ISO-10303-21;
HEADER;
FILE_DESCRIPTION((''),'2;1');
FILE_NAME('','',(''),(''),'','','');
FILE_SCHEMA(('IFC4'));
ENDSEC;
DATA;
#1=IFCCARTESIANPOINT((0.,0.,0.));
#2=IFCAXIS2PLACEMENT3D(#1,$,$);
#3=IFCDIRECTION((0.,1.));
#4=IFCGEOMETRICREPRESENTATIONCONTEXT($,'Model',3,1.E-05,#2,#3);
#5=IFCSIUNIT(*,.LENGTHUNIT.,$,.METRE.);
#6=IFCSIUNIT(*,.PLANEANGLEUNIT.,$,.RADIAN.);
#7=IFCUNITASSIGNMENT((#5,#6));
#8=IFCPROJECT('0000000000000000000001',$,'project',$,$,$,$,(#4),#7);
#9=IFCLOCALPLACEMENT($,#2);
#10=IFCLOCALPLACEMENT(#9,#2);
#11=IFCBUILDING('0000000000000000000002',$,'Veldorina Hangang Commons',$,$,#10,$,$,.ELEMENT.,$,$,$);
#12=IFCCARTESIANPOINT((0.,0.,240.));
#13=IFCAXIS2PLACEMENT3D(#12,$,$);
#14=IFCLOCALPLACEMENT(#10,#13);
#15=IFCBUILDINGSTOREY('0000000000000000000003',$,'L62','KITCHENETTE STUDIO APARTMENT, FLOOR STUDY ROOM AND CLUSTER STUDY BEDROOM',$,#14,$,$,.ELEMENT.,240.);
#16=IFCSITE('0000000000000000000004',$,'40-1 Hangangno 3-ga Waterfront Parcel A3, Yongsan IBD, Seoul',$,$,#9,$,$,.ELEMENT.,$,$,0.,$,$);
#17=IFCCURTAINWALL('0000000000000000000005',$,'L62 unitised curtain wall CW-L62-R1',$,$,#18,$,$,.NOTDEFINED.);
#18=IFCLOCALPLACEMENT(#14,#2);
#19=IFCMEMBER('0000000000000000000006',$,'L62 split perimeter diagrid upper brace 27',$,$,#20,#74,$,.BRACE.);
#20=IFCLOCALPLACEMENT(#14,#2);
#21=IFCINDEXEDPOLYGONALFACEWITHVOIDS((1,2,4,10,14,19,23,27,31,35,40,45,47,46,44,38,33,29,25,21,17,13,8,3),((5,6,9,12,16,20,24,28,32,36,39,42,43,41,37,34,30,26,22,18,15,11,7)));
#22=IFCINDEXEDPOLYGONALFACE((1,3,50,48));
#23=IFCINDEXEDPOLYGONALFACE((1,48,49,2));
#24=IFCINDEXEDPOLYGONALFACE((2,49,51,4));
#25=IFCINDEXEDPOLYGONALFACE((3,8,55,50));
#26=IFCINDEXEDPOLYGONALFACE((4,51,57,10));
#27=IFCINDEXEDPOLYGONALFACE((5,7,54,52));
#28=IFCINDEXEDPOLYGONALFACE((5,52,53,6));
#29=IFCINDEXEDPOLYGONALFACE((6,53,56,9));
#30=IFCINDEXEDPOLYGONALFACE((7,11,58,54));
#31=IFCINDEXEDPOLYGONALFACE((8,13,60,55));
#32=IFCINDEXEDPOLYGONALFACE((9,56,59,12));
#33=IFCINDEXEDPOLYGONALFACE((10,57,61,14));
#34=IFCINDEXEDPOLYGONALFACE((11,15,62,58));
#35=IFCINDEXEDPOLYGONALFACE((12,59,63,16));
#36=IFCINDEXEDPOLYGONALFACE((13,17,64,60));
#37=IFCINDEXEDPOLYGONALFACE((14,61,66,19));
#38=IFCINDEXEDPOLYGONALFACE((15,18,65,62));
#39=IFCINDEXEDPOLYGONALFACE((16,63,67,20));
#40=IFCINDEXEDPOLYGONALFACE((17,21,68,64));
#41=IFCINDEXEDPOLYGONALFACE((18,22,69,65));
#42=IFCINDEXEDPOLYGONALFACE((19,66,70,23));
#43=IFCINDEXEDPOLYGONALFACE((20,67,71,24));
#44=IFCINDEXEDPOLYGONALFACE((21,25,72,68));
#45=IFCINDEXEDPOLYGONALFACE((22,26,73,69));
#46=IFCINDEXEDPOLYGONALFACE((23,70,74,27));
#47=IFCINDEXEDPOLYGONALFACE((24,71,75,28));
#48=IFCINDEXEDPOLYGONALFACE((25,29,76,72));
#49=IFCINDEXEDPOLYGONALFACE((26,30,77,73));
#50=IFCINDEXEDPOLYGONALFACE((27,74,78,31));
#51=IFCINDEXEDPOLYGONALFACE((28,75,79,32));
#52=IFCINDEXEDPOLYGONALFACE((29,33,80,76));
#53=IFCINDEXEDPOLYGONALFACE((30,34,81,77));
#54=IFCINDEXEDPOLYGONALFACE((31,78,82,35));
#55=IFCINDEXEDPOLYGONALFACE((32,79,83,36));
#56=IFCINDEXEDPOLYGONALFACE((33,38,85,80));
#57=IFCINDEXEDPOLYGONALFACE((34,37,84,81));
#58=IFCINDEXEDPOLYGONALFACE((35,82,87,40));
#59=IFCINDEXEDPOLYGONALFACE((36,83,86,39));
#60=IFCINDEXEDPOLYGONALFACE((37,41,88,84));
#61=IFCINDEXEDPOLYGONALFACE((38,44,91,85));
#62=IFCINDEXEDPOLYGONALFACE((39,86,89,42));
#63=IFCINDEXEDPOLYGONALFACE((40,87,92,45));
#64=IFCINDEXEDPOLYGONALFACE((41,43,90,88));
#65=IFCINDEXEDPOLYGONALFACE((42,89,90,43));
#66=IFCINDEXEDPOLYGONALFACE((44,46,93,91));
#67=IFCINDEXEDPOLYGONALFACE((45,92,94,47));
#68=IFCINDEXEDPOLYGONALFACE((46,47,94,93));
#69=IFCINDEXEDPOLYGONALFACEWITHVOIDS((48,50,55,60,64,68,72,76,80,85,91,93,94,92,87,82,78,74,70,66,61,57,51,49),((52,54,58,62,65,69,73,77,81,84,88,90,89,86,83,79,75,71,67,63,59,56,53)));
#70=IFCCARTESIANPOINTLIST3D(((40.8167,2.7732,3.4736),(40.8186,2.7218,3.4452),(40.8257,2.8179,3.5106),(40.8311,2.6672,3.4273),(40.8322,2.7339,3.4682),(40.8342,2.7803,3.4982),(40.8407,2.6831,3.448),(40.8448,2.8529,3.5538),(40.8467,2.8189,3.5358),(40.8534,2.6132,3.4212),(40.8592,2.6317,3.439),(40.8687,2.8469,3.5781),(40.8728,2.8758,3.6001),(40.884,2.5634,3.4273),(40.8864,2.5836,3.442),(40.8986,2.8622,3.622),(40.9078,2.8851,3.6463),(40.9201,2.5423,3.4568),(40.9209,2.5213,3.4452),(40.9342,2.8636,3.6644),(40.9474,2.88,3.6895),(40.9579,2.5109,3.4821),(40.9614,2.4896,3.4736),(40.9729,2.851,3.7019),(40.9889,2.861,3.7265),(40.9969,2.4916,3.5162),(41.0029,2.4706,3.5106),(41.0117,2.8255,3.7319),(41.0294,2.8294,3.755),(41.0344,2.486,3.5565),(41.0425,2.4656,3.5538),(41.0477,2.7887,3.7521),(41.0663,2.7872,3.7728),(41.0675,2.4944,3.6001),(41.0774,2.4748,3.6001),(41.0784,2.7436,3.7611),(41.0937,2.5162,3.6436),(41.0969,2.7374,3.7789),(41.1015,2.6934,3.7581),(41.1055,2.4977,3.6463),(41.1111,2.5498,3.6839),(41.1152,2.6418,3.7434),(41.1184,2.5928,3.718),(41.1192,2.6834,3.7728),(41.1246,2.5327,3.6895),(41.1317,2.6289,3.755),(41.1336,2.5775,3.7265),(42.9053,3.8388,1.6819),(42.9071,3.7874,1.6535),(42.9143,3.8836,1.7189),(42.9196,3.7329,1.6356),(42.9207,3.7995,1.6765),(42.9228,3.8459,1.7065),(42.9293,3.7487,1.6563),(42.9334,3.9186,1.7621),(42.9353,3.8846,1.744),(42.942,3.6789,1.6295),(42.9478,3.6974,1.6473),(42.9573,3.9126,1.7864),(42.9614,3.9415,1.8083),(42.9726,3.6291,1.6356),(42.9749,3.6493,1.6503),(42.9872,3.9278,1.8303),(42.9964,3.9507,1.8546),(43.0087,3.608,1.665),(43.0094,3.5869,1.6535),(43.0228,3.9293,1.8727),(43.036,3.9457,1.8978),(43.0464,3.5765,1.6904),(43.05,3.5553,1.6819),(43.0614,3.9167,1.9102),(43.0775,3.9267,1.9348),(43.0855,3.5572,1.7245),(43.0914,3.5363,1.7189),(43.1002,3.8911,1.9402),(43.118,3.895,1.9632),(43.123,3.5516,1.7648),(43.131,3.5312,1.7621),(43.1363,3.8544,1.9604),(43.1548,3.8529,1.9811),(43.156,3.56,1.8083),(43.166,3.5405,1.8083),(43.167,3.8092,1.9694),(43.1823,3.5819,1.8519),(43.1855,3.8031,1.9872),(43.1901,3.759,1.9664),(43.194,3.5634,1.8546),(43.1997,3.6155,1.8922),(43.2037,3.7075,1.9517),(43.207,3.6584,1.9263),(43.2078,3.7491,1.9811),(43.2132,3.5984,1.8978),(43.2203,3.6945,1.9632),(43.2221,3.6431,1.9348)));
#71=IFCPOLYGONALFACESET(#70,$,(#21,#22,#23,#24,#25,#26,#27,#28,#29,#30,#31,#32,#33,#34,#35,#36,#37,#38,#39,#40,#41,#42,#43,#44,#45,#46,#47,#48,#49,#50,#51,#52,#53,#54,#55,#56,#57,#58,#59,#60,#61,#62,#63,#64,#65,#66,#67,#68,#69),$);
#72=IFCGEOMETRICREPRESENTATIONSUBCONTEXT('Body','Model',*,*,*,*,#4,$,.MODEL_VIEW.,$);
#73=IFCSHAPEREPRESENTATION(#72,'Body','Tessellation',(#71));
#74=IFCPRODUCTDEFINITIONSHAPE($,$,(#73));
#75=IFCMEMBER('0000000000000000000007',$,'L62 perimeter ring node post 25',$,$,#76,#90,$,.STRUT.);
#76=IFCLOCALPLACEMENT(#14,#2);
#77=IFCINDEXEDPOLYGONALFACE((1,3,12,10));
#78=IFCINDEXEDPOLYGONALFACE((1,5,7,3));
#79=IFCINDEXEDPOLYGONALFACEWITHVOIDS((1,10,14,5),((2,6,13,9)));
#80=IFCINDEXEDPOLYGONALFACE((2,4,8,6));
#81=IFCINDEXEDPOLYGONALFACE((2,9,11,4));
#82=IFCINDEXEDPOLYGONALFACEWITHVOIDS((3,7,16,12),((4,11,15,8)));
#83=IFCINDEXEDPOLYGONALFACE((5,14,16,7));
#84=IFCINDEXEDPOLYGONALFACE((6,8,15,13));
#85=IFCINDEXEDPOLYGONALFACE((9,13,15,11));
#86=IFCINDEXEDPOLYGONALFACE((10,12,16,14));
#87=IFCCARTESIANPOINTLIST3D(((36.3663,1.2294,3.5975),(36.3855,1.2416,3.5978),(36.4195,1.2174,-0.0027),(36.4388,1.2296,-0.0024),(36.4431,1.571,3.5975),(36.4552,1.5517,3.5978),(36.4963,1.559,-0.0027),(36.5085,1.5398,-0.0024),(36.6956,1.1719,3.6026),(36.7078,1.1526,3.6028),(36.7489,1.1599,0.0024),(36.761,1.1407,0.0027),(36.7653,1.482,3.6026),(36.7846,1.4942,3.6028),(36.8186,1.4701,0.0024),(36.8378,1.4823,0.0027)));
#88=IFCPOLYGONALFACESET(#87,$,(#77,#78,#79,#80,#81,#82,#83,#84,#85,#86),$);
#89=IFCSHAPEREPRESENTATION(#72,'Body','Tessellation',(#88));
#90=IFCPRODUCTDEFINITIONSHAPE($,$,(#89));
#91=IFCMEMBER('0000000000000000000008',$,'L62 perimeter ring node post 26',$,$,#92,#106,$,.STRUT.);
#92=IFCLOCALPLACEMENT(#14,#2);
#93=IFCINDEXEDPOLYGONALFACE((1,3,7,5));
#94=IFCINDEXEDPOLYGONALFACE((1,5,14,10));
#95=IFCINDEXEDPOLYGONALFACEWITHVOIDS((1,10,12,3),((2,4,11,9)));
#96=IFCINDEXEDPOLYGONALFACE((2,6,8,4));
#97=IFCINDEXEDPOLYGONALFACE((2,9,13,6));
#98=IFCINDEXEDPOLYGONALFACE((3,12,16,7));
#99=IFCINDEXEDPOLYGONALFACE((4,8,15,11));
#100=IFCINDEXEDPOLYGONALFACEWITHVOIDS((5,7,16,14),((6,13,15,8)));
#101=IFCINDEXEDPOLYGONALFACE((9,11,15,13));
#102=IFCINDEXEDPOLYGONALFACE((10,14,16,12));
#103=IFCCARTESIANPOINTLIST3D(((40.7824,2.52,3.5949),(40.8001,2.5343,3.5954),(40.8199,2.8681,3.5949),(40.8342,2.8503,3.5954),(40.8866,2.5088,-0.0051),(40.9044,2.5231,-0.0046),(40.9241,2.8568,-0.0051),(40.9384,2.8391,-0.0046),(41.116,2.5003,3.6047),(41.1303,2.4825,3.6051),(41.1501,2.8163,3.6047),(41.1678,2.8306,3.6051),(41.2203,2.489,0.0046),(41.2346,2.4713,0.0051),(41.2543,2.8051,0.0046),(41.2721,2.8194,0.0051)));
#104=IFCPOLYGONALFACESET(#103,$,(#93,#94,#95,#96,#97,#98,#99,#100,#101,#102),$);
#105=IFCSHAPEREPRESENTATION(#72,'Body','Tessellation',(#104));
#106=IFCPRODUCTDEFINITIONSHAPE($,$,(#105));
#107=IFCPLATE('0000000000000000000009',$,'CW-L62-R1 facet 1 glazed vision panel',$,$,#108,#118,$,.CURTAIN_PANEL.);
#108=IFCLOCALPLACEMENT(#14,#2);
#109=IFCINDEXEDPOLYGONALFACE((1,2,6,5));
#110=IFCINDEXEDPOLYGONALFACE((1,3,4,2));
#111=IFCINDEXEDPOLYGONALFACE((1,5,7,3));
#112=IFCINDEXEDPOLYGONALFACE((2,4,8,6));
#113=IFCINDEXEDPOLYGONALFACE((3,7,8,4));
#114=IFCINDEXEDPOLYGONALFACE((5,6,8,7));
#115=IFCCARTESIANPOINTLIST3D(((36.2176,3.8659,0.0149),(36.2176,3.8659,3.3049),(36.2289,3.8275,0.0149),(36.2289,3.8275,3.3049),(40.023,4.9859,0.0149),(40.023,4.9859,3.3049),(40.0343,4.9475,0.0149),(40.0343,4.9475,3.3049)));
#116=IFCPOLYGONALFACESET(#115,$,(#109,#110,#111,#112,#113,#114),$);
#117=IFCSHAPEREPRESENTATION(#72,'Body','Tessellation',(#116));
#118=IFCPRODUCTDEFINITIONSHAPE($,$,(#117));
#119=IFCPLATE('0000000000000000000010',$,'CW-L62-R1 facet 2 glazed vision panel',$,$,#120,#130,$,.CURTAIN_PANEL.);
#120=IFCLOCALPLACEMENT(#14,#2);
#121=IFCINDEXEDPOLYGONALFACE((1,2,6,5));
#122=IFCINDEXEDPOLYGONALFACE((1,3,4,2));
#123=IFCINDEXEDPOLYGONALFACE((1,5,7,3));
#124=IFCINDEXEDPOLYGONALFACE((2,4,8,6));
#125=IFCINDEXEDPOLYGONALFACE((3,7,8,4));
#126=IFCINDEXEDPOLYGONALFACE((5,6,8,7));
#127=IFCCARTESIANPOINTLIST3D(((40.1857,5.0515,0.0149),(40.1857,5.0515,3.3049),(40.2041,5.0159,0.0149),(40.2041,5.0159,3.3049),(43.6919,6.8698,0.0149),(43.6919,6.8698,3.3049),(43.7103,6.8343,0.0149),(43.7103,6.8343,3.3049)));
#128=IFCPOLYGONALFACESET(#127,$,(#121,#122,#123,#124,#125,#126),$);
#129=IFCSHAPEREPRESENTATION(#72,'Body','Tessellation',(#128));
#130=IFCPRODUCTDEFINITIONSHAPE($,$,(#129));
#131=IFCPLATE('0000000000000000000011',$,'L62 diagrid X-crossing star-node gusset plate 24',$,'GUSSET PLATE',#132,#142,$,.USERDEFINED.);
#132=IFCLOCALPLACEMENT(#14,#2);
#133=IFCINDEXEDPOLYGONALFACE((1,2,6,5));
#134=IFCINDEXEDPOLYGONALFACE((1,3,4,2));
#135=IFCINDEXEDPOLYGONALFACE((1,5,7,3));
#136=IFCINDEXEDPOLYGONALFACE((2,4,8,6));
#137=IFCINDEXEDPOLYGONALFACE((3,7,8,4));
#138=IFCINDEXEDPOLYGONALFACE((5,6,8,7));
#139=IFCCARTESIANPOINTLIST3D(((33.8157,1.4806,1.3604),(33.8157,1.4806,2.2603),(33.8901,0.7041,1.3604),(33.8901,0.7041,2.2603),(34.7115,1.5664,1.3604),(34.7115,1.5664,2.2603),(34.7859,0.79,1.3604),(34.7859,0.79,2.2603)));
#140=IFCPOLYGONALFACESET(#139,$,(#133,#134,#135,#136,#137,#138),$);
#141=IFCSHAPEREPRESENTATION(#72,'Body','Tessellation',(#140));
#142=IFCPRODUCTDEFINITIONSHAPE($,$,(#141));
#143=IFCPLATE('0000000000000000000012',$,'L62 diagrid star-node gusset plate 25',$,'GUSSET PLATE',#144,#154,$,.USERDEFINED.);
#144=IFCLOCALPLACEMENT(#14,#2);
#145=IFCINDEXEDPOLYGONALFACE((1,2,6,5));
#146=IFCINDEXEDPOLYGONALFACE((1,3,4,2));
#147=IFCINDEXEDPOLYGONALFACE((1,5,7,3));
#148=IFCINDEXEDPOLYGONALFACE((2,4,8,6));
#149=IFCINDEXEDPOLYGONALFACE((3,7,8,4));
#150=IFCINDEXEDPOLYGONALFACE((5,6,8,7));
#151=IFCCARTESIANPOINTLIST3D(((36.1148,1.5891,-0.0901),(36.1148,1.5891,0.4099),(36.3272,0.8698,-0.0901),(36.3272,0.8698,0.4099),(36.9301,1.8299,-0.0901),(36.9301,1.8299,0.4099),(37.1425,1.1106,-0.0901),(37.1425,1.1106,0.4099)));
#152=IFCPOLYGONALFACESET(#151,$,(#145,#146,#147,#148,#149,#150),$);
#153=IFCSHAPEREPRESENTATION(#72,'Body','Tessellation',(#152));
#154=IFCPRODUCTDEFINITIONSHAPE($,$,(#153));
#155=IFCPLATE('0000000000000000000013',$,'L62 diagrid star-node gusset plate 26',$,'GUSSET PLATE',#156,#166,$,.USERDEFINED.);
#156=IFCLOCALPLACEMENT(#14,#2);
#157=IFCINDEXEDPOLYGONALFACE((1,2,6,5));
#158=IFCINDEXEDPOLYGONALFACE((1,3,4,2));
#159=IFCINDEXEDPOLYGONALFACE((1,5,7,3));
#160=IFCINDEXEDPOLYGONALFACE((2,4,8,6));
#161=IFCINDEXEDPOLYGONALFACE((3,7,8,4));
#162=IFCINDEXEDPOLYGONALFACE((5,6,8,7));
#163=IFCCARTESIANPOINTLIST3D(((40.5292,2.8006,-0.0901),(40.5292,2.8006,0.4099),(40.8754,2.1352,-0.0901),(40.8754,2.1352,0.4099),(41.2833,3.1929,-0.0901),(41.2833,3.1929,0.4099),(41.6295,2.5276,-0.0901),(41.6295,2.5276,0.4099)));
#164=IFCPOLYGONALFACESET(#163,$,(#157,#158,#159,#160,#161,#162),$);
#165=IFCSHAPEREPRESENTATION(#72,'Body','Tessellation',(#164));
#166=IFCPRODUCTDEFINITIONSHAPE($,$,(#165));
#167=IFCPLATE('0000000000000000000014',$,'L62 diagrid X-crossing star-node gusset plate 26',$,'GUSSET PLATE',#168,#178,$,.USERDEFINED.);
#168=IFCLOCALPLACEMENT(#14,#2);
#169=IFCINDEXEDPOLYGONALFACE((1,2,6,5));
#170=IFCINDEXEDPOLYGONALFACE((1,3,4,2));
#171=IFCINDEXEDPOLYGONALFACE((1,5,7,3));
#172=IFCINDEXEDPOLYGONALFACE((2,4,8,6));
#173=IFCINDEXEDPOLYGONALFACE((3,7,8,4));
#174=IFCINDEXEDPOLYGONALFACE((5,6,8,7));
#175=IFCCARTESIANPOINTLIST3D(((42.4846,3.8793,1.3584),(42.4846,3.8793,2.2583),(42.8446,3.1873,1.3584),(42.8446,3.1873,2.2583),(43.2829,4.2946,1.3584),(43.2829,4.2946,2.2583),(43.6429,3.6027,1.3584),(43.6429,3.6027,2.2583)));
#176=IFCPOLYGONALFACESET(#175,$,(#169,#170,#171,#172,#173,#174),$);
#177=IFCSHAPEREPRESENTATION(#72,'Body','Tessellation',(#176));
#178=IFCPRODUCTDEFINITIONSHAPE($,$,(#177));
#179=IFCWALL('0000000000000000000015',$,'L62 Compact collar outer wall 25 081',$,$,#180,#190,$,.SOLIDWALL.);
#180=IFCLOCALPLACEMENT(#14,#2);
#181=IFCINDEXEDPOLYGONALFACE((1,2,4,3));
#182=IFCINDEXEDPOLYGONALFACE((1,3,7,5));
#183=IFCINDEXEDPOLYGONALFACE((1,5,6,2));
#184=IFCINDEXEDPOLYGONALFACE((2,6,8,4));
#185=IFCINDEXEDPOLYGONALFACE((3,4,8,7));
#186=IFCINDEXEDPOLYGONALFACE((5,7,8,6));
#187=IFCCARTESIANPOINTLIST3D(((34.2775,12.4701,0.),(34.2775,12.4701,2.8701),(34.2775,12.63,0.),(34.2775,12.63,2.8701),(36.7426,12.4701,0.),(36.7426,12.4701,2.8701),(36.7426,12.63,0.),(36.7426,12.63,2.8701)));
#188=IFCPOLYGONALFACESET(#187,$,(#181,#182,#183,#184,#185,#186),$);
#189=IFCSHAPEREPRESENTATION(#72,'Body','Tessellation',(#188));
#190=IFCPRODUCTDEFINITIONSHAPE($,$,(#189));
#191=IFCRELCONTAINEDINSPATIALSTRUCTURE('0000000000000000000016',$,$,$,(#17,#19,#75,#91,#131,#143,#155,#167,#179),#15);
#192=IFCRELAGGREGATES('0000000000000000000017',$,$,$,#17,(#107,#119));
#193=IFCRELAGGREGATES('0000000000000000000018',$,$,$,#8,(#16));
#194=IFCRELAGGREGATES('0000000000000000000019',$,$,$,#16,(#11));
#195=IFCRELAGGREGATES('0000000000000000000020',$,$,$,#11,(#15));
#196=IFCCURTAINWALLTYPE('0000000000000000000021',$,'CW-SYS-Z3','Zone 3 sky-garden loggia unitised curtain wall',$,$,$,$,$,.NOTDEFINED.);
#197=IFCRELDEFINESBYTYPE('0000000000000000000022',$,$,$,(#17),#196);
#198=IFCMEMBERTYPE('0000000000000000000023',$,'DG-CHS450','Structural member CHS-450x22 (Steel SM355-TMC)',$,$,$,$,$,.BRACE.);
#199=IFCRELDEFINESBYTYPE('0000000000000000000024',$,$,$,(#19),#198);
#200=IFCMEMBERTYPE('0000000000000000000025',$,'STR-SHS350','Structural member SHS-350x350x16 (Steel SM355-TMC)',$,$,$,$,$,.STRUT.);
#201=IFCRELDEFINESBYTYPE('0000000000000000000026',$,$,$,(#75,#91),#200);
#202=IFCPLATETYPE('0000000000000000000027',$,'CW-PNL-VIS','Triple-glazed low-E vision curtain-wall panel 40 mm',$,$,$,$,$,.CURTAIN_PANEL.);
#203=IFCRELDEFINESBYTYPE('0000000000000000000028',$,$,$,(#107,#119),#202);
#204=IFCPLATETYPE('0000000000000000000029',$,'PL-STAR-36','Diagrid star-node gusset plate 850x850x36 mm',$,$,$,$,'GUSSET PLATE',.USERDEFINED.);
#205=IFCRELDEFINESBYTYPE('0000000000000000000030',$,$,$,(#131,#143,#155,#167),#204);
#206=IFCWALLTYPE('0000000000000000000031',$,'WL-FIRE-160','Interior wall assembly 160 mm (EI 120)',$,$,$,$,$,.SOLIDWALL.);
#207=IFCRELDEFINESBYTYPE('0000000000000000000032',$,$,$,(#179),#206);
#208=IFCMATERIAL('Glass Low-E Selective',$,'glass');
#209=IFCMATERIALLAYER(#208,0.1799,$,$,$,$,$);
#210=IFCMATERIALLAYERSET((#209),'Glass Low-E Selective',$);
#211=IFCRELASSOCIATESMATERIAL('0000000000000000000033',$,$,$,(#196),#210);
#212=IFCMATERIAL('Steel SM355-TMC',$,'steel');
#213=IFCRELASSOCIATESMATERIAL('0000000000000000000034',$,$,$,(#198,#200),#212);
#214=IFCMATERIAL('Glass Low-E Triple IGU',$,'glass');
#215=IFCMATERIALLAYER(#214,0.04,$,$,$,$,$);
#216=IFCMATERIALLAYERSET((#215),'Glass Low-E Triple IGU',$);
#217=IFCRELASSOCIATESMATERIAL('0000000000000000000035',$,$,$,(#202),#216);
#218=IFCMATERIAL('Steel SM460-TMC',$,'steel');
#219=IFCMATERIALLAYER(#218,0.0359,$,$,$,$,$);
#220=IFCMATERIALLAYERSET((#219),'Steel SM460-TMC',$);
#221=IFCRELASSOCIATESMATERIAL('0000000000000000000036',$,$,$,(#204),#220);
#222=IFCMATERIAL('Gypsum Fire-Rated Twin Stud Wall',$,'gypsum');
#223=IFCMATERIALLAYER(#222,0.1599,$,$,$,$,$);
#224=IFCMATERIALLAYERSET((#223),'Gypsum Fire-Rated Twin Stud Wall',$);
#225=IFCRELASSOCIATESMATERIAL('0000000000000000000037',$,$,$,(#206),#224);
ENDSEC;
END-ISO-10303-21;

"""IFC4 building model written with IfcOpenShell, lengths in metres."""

from ifc_helpers import new_model, si_unit, direction, frame, frame_2d, origin, origin_2d, place, context, subcontext, project, spatial, rectangle, hollow_rectangle, hollow_circle, extrude, material, layer, layer_set, material_profile, profile_set, type_object, element, aggregate, save


model = new_model("IFC4")

# Units and contexts
model_context = context("Model", 3, precision=1e-05, world=origin(), true_north=direction((0.0, 1.0)))
body_context = subcontext(model_context, "Body", "Model", "MODEL_VIEW")
ifc_project = project(units=[si_unit("LENGTHUNIT", "METRE"), si_unit("PLANEANGLEUNIT", "RADIAN")], contexts=[model_context])

# Site, building, storey
site_placement = place(None, origin())
site = spatial("IfcSite", under=ifc_project, at=site_placement, Name="40-1 Hangangno 3-ga Waterfront Parcel A3, Yongsan IBD, Seoul", CompositionType="ELEMENT", RefElevation=0.0)
building_placement = place(site_placement, origin())
building = spatial("IfcBuilding", under=site, at=building_placement, Name="Veldorina Hangang Commons", CompositionType="ELEMENT")
storey_placement = place(building_placement, frame((0.0, 0.0, 240.0)))
storey = spatial("IfcBuildingStorey", under=building, at=storey_placement, Name="L62", Description="KITCHENETTE STUDIO APARTMENT, FLOOR STUDY ROOM AND CLUSTER STUDY BEDROOM", CompositionType="ELEMENT", Elevation=240.0)

# Shared definitions
ifc_material_1 = material(Name="Steel SM355-TMC", Category="steel")

# Curtain wall
ifc_material_2 = material(Name="Glass Low-E Selective", Category="glass")
ifc_layer_1 = layer(ifc_material_2, 0.1799)
ifc_layer_set_1 = layer_set([ifc_layer_1], Name="Glass Low-E Selective")
curtain_wall_type = type_object("IfcCurtainWallType", Name="CW-SYS-Z3", Description="Zone 3 sky-garden loggia unitised curtain wall", PredefinedType="NOTDEFINED", material=ifc_layer_set_1)
curtain_wall_placement = place(storey_placement, origin())
curtain_wall = element("IfcCurtainWall", 1, at=curtain_wall_placement, inside=storey, type_object=curtain_wall_type, Name="L62 unitised curtain wall CW-L62-R1", PredefinedType="NOTDEFINED")

# Members
ifc_material_profile_1 = material_profile(ifc_material_1, hollow_circle(Radius=0.2251, WallThickness=0.022, at=origin_2d()), Name="CHS-450x22")
ifc_profile_set_1 = profile_set([ifc_material_profile_1], Name="Steel SM355-TMC")
member_type_1 = type_object("IfcMemberType", Name="DG-CHS450", Description="Structural member CHS-450x22 (Steel SM355-TMC)", PredefinedType="BRACE", material=ifc_profile_set_1)
member_1_placement = place(storey_placement, frame((43.0637, 3.741, 1.8083), z_axis=(-0.707769, -0.361124, 0.607168), x_axis=(0.454487, -0.890753, 0.0)))
element("IfcMember", 2, at=member_1_placement, inside=storey, type_object=member_type_1, Name="L62 split perimeter diagrid upper brace 27", PredefinedType="BRACE", context=body_context, shape_type="SweptSolid", body=[
    extrude(hollow_circle(Radius=0.2251, WallThickness=0.022, at=origin_2d()), origin(), (0.0, 0.0, 1.0), 2.9509),
])
ifc_material_profile_2 = material_profile(ifc_material_1, hollow_rectangle(XDim=0.3501, YDim=0.3501, WallThickness=0.0161, at=origin_2d()), Name="SHS-350x350x16")
ifc_profile_set_2 = profile_set([ifc_material_profile_2], Name="Steel SM355-TMC")
member_type_2 = type_object("IfcMemberType", Name="STR-SHS350", Description="Structural member SHS-350x350x16 (Steel SM355-TMC)", PredefinedType="STRUT", material=ifc_profile_set_2)
member_2_placement = place(storey_placement, frame((36.6287, 1.3499, 0.0), z_axis=(-0.014782, 0.003323, 0.999885), x_axis=(-0.219299, -0.975658, 0.0)))
element("IfcMember", 3, at=member_2_placement, inside=storey, type_object=member_type_2, Name="L62 perimeter ring node post 25", PredefinedType="STRUT", context=body_context, shape_type="SweptSolid", body=[
    extrude(hollow_rectangle(XDim=0.3501, YDim=0.3501, WallThickness=0.0161, at=origin_2d()), origin(), (0.0, 0.0, 1.0), 3.6006),
])
member_3_placement = place(storey_placement, frame((41.0793, 2.6641, 0.0), z_axis=(-0.028945, 0.003118, 0.999576), x_axis=(-0.107109, -0.994247, 0.0)))
element("IfcMember", 4, at=member_3_placement, inside=storey, type_object=member_type_2, Name="L62 perimeter ring node post 26", PredefinedType="STRUT", context=body_context, shape_type="SweptSolid", body=[
    extrude(hollow_rectangle(XDim=0.3501, YDim=0.3501, WallThickness=0.0161, at=origin_2d()), origin(), (0.0, 0.0, 1.0), 3.6016),
])

# Plates
ifc_material_3 = material(Name="Glass Low-E Triple IGU", Category="glass")
ifc_layer_2 = layer(ifc_material_3, 0.04)
ifc_layer_set_2 = layer_set([ifc_layer_2], Name="Glass Low-E Triple IGU")
plate_type_1 = type_object("IfcPlateType", Name="CW-PNL-VIS", Description="Triple-glazed low-E vision curtain-wall panel 40 mm", PredefinedType="CURTAIN_PANEL", material=ifc_layer_set_2)
plate_1_placement = place(storey_placement, frame((38.126, 4.4067, 0.0149), z_axis=(0.0, 0.0, 1.0), x_axis=(0.959314, 0.282341, 0.0)))
plate_1 = element("IfcPlate", 5, at=plate_1_placement, type_object=plate_type_1, Name="CW-L62-R1 facet 1 glazed vision panel", PredefinedType="CURTAIN_PANEL", context=body_context, shape_type="SweptSolid", body=[
    extrude(rectangle(XDim=3.9668, YDim=0.04, at=origin_2d()), origin(), (0.0, 0.0, 1.0), 3.29),
])
plate_2_placement = place(storey_placement, frame((41.948, 5.9429, 0.0149), z_axis=(0.0, 0.0, 1.0), x_axis=(0.887727, 0.46037, 0.0)))
plate_2 = element("IfcPlate", 6, at=plate_2_placement, type_object=plate_type_1, Name="CW-L62-R1 facet 2 glazed vision panel", PredefinedType="CURTAIN_PANEL", context=body_context, shape_type="SweptSolid", body=[
    extrude(rectangle(XDim=3.9497, YDim=0.04, at=origin_2d()), origin(), (0.0, 0.0, 1.0), 3.29),
])
aggregate(curtain_wall, [plate_1, plate_2])

# Plates
ifc_material_4 = material(Name="Steel SM460-TMC", Category="steel")
ifc_layer_3 = layer(ifc_material_4, 0.0359)
ifc_layer_set_3 = layer_set([ifc_layer_3], Name="Steel SM460-TMC")
plate_type_2 = type_object("IfcPlateType", Name="PL-STAR-36", Description="Diagrid star-node gusset plate 850x850x36 mm", ElementType="GUSSET PLATE", PredefinedType="USERDEFINED", material=ifc_layer_set_3)
plate_3_placement = place(storey_placement, frame((34.3008, 1.1353, 1.3604), z_axis=(0.0, 0.0, 1.0), x_axis=(0.995436, 0.095429, 0.0)))
element("IfcPlate", 7, at=plate_3_placement, inside=storey, type_object=plate_type_2, Name="L62 diagrid X-crossing star-node gusset plate 24", ObjectType="GUSSET PLATE", PredefinedType="USERDEFINED", context=body_context, shape_type="SweptSolid", body=[
    extrude(rectangle(XDim=0.8999, YDim=0.78, at=origin_2d()), origin(), (0.0, 0.0, 1.0), 0.8999),
])
for number, where, z_axis, x_axis, name in (
    (8, (36.6287, 1.3499, -0.0901), (0.0, 0.0, 1.0), (0.959062, 0.283195, 0.0), "L62 diagrid star-node gusset plate 25"),
    (9, (41.0793, 2.6641, -0.0901), (0.0, 0.0, 1.0), (0.887116, 0.461547, 0.0), "L62 diagrid star-node gusset plate 26"),
):
    element("IfcPlate", number, at=place(storey_placement, frame(where, z_axis=z_axis, x_axis=x_axis)), inside=storey, type_object=plate_type_2, Name=name, ObjectType="GUSSET PLATE", PredefinedType="USERDEFINED", context=body_context, shape_type="SweptSolid", body=[
        extrude(rectangle(XDim=0.8501, YDim=0.75, at=origin_2d()), origin(), (0.0, 0.0, 1.0), 0.5),
    ])
plate_4_placement = place(storey_placement, frame((43.0637, 3.741, 1.3584), z_axis=(0.0, 0.0, 1.0), x_axis=(0.887116, 0.461547, 0.0)))
element("IfcPlate", 10, at=plate_4_placement, inside=storey, type_object=plate_type_2, Name="L62 diagrid X-crossing star-node gusset plate 26", ObjectType="GUSSET PLATE", PredefinedType="USERDEFINED", context=body_context, shape_type="SweptSolid", body=[
    extrude(rectangle(XDim=0.8999, YDim=0.78, at=origin_2d()), origin(), (0.0, 0.0, 1.0), 0.8999),
])

# Wall
ifc_material_5 = material(Name="Gypsum Fire-Rated Twin Stud Wall", Category="gypsum")
ifc_layer_4 = layer(ifc_material_5, 0.1599)
ifc_layer_set_4 = layer_set([ifc_layer_4], Name="Gypsum Fire-Rated Twin Stud Wall")
wall_type = type_object("IfcWallType", Name="WL-FIRE-160", Description="Interior wall assembly 160 mm (EI 120)", PredefinedType="SOLIDWALL", material=ifc_layer_set_4)
wall_1_placement = place(storey_placement, frame((34.2776, 12.55, 0.0), z_axis=(0.0, 0.0, 1.0), x_axis=(1.0, 0.0, 0.0)))
element("IfcWall", 11, at=wall_1_placement, inside=storey, type_object=wall_type, Name="L62 Compact collar outer wall 25 081", PredefinedType="SOLIDWALL", context=body_context, shape_type="SweptSolid", body=[
    extrude(rectangle(XDim=2.4651, YDim=0.1599, at=frame_2d((1.2324, 0.0))), origin(), (0.0, 0.0, 1.0), 2.8701),
])

save(model, "model.ifc")
